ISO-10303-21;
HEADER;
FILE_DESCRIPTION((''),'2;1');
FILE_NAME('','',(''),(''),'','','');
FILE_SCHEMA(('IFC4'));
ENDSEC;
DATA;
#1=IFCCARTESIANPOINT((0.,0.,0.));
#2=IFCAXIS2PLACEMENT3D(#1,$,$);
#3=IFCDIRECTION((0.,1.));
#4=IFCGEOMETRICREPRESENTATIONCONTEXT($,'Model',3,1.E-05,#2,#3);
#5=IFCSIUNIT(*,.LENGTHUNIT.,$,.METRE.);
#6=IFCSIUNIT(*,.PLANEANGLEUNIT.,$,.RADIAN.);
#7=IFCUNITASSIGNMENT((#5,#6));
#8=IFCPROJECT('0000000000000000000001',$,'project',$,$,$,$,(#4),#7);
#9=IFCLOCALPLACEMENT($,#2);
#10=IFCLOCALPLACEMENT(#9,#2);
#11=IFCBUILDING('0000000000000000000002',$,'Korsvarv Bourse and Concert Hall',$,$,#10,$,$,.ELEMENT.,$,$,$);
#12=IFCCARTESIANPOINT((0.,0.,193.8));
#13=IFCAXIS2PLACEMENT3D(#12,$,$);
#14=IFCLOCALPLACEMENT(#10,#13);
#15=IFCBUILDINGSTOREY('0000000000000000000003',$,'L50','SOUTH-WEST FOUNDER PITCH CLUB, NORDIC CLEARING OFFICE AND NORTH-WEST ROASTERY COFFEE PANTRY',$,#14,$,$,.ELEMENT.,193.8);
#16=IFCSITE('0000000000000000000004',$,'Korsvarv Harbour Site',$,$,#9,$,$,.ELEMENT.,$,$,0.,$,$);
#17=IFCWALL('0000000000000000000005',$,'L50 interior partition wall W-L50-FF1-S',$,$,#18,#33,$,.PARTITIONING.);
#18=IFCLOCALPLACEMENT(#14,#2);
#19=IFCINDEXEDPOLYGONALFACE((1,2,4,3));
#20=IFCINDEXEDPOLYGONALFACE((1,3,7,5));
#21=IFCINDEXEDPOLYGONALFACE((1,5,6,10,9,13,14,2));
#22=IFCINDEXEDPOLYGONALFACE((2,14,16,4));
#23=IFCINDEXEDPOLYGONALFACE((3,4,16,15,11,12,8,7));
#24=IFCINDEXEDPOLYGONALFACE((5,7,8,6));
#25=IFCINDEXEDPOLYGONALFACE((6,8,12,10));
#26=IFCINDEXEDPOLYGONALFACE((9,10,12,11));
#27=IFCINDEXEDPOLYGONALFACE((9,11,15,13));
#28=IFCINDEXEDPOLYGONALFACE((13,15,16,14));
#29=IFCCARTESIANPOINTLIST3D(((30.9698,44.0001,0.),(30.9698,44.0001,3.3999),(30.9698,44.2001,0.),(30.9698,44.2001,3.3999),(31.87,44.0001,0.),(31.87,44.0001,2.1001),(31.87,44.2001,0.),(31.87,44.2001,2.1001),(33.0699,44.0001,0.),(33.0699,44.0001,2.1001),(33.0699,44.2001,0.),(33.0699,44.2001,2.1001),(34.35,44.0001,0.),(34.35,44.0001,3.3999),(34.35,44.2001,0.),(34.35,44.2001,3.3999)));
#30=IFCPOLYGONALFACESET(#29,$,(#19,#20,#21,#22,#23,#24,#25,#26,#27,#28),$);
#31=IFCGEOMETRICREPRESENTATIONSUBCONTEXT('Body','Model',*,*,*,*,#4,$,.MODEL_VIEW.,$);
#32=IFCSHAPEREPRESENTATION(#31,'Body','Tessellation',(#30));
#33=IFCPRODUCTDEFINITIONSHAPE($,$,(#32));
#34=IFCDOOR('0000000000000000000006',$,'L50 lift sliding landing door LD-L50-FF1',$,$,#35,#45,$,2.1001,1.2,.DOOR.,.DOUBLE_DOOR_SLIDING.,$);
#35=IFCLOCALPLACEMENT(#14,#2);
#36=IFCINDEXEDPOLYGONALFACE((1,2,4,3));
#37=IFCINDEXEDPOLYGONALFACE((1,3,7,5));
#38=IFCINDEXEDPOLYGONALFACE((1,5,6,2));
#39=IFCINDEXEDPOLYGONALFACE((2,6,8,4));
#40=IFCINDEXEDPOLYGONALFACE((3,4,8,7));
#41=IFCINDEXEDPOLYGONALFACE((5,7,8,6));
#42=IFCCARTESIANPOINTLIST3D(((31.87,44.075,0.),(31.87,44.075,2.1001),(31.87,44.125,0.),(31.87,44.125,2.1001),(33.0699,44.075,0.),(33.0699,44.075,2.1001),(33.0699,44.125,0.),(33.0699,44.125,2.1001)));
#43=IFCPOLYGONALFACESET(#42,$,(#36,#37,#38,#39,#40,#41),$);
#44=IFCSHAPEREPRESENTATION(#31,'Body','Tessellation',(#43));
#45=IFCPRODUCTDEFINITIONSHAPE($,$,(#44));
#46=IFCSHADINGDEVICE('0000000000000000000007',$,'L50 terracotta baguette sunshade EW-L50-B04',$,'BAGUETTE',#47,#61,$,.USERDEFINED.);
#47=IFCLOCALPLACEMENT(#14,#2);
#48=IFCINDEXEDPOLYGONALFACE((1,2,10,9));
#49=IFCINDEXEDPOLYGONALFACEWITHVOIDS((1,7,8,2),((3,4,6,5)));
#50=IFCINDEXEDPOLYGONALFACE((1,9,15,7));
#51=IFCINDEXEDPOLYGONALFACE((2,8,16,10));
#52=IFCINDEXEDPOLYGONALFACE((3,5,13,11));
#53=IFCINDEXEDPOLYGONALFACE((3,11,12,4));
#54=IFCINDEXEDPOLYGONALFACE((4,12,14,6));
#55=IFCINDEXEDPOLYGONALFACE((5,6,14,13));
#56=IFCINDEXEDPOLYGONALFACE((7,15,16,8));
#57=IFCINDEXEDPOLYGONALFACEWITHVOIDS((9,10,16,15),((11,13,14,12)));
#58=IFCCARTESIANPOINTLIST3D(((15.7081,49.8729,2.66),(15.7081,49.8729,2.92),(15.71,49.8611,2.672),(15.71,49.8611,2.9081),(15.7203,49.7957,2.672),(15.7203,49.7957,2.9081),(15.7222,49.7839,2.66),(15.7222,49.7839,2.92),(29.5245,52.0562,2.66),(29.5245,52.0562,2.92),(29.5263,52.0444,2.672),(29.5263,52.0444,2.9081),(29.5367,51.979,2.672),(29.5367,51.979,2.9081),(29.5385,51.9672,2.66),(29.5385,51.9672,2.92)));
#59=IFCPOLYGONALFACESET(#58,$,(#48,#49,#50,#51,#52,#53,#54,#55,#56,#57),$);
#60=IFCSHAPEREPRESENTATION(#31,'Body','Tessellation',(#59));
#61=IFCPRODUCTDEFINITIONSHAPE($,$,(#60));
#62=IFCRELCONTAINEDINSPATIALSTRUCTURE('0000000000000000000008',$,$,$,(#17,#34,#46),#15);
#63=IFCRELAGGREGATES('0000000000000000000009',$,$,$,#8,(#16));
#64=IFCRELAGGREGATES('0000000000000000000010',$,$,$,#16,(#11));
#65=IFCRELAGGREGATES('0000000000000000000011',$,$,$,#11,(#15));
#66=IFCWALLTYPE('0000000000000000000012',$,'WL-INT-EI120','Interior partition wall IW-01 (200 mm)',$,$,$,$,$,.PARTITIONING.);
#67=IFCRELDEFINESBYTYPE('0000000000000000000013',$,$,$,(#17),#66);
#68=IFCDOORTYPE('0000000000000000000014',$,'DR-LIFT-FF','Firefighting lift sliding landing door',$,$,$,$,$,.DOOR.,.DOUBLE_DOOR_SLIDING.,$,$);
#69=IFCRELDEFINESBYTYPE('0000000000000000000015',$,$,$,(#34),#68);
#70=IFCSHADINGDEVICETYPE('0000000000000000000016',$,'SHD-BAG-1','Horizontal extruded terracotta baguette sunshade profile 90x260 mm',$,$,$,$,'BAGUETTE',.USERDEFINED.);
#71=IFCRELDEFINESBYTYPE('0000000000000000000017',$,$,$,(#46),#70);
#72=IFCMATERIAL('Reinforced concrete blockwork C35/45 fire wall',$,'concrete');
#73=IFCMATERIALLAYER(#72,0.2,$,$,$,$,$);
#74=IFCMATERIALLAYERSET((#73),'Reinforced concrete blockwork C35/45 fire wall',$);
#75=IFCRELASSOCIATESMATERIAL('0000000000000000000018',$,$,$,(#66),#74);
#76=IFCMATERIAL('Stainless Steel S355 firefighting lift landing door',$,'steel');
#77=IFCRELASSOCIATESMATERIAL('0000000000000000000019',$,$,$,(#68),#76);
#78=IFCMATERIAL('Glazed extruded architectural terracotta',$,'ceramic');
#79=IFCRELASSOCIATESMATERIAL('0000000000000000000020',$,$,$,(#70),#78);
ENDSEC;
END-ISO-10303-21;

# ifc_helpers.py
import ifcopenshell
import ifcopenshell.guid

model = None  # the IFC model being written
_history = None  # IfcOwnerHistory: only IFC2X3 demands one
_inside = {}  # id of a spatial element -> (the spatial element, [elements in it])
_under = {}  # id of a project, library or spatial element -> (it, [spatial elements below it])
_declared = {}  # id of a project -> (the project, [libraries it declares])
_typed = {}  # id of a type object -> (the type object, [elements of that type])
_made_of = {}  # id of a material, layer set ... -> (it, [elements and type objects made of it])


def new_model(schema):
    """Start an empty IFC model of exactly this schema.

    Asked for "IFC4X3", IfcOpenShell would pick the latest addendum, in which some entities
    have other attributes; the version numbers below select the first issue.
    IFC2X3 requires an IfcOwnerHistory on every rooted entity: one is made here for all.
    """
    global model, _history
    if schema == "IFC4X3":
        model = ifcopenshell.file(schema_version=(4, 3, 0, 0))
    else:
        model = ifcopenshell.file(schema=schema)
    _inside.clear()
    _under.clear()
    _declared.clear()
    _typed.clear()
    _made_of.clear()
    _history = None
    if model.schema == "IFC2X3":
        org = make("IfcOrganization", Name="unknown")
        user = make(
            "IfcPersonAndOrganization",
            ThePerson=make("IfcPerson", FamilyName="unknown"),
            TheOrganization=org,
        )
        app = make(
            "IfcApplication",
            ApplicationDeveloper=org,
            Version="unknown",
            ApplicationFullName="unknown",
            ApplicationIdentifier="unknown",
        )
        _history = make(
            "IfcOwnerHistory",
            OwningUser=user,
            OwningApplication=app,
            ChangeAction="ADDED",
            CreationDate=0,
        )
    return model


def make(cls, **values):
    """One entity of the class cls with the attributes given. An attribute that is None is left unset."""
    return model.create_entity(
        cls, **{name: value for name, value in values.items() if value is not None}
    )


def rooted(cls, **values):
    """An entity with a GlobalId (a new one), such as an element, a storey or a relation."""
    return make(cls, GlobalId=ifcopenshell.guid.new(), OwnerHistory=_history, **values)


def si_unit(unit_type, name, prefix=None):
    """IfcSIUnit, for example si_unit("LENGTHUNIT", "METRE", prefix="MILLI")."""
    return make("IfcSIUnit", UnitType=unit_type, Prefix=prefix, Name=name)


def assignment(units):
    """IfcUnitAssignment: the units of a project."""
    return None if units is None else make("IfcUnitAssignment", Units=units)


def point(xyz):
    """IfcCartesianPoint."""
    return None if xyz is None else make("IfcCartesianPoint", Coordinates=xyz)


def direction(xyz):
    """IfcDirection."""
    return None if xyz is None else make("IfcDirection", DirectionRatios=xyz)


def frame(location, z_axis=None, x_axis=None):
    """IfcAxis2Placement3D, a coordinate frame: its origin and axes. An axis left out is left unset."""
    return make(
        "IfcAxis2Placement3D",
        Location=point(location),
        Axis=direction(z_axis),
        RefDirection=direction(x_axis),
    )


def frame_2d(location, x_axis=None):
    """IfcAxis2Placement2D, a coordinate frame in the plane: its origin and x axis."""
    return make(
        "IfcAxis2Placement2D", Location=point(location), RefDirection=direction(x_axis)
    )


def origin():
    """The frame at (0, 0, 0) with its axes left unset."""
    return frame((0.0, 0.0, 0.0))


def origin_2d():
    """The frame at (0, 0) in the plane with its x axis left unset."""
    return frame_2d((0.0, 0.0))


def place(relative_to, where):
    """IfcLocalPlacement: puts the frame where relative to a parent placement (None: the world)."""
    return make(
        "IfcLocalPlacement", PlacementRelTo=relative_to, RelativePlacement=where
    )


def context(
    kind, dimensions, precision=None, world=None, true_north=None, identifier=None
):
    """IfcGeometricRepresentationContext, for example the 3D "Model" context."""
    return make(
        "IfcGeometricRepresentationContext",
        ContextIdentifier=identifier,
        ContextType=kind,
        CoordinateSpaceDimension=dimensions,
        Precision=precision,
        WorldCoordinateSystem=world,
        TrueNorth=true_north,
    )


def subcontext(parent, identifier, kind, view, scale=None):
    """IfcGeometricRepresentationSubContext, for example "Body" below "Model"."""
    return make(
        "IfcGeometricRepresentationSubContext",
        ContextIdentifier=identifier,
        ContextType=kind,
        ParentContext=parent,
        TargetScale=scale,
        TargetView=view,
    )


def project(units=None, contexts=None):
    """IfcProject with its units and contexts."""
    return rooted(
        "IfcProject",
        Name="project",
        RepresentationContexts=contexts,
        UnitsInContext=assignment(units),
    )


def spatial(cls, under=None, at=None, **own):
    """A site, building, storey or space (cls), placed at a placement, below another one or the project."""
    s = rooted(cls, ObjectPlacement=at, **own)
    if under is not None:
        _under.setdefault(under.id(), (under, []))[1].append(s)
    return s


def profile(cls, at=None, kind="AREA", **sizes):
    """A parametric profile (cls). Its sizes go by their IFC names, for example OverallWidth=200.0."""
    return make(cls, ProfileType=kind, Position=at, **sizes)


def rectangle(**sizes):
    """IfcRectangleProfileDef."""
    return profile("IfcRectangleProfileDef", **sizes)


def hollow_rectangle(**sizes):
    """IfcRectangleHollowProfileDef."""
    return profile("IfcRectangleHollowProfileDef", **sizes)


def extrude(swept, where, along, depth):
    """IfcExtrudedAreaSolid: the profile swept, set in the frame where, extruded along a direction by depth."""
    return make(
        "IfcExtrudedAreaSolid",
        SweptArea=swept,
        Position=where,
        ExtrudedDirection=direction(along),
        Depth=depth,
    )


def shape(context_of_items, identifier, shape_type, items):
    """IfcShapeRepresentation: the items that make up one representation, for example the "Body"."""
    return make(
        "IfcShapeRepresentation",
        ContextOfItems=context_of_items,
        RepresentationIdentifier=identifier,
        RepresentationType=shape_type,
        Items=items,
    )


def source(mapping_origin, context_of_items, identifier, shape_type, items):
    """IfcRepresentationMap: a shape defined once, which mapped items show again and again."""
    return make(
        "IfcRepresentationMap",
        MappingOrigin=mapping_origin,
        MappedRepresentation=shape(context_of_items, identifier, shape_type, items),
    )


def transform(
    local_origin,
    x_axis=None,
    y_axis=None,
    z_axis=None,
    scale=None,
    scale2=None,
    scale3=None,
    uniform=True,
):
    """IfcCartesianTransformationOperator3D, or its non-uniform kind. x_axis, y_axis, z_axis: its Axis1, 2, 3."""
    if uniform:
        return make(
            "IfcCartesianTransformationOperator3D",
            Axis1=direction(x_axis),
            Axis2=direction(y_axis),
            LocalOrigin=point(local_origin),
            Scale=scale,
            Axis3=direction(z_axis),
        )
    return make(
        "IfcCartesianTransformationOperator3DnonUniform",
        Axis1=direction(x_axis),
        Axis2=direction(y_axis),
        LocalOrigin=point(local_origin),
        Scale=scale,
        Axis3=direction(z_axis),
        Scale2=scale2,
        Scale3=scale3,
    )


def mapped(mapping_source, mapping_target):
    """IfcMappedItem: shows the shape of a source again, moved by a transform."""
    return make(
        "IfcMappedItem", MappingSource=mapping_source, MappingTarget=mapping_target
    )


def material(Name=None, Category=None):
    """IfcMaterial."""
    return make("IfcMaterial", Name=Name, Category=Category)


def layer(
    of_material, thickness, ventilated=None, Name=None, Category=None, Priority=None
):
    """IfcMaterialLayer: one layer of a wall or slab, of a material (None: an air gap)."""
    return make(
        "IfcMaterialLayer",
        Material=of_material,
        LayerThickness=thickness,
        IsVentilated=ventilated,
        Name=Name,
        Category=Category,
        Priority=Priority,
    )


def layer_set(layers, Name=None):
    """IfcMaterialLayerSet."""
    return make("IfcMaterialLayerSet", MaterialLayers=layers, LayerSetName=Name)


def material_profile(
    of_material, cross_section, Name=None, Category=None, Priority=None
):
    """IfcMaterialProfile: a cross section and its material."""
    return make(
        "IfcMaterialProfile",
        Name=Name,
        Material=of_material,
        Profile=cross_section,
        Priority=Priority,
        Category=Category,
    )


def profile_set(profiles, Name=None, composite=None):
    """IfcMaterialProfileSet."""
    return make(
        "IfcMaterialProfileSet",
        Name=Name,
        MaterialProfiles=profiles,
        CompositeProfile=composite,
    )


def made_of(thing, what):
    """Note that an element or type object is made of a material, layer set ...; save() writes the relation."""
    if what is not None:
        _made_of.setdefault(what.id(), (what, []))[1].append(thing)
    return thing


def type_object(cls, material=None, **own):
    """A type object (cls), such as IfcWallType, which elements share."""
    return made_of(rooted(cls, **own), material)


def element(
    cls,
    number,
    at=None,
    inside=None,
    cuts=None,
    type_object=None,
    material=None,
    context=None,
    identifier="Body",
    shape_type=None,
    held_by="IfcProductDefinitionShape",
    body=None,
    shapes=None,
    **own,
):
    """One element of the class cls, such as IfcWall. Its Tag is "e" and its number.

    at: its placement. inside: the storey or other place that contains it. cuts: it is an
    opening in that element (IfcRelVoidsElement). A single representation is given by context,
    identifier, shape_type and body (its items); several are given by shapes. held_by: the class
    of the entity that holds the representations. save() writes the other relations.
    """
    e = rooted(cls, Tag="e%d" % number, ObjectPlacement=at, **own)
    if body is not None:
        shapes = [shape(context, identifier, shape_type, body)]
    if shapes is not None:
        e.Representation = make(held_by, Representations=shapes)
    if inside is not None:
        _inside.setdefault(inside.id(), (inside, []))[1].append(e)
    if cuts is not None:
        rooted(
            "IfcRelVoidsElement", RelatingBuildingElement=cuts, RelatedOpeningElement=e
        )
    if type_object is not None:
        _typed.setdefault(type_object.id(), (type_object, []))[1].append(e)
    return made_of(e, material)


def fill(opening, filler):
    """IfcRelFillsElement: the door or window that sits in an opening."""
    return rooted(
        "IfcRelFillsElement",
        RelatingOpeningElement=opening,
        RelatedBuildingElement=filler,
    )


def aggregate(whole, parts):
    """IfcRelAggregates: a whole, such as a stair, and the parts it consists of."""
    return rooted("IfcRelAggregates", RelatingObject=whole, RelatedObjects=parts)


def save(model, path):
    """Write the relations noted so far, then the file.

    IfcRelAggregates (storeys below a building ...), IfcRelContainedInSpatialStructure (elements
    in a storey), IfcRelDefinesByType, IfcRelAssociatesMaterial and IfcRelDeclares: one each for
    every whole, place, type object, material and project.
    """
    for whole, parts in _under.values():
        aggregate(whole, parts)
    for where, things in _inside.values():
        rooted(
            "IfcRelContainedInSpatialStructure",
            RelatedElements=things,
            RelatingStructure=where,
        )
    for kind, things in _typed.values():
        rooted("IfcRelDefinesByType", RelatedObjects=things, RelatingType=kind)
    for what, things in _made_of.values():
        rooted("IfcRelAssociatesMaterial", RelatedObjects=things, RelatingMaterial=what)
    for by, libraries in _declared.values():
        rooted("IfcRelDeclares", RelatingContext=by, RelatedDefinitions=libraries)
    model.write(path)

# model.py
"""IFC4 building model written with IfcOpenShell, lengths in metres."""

from ifc_helpers import new_model, si_unit, direction, frame, frame_2d, origin, origin_2d, place, context, subcontext, project, spatial, rectangle, hollow_rectangle, extrude, source, transform, mapped, material, layer, layer_set, material_profile, profile_set, type_object, element, fill, save


model = new_model("IFC4")

# Units and contexts
model_context = context("Model", 3, precision=1e-05, world=origin(), true_north=direction((0.0, 1.0)))
body_context = subcontext(model_context, "Body", "Model", "MODEL_VIEW")
ifc_project = project(units=[si_unit("LENGTHUNIT", "METRE"), si_unit("PLANEANGLEUNIT", "RADIAN")], contexts=[model_context])

# Site, building, storey
site_placement = place(None, origin())
site = spatial("IfcSite", under=ifc_project, at=site_placement, Name="Korsvarv Harbour Site", CompositionType="ELEMENT", RefElevation=0.0)
building_placement = place(site_placement, origin())
building = spatial("IfcBuilding", under=site, at=building_placement, Name="Korsvarv Bourse and Concert Hall", CompositionType="ELEMENT")
storey_placement = place(building_placement, frame((0.0, 0.0, 193.8)))
storey = spatial("IfcBuildingStorey", under=building, at=storey_placement, Name="L50", Description="SOUTH-WEST FOUNDER PITCH CLUB, NORDIC CLEARING OFFICE AND NORTH-WEST ROASTERY COFFEE PANTRY", CompositionType="ELEMENT", Elevation=193.8)

# Wall, opening, door
ifc_material_1 = material(Name="Reinforced concrete blockwork C35/45 fire wall", Category="concrete")
ifc_layer_1 = layer(ifc_material_1, 0.2)
ifc_layer_set_1 = layer_set([ifc_layer_1], Name="Reinforced concrete blockwork C35/45 fire wall")
wall_type_1 = type_object("IfcWallType", Name="WL-INT-EI120", Description="Interior partition wall IW-01 (200 mm)", PredefinedType="PARTITIONING", material=ifc_layer_set_1)
wall_1_placement = place(storey_placement, frame((30.97, 44.1001, 0.0), z_axis=(0.0, 0.0, 1.0), x_axis=(1.0, 0.0, 0.0)))
wall_1 = element("IfcWall", 1, at=wall_1_placement, inside=storey, type_object=wall_type_1, Name="L50 interior partition wall W-L50-FF1-S", PredefinedType="PARTITIONING", context=body_context, shape_type="SweptSolid", body=[
    extrude(rectangle(XDim=3.3801, YDim=0.2, at=frame_2d((1.6899, 0.0))), origin(), (0.0, 0.0, 1.0), 3.3999),
])
opening_placement = place(wall_1_placement, frame((0.8999, 0.0, 0.0)))
opening = element("IfcOpeningElement", 2, at=opening_placement, cuts=wall_1, PredefinedType="OPENING", context=body_context, shape_type="SweptSolid", body=[
    extrude(rectangle(XDim=1.2, YDim=2.1001, at=frame_2d((0.6001, 1.05))), frame((0.0, 0.1099, 0.0), z_axis=(0.0, -1.0, 0.0), x_axis=(1.0, 0.0, 0.0)), (0.0, 0.0, 1.0), 0.22),
])
ifc_material_2 = material(Name="Stainless Steel S355 firefighting lift landing door", Category="steel")
door_type = type_object("IfcDoorType", Name="DR-LIFT-FF", Description="Firefighting lift sliding landing door", OperationType="DOUBLE_DOOR_SLIDING", PredefinedType="DOOR", material=ifc_material_2)
door_placement = place(opening_placement, origin())
door = element("IfcDoor", 3, at=door_placement, inside=storey, type_object=door_type, Name="L50 lift sliding landing door LD-L50-FF1", OperationType="DOUBLE_DOOR_SLIDING", OverallHeight=2.1001, OverallWidth=1.2, PredefinedType="DOOR", context=body_context, shape_type="SweptSolid", body=[
    extrude(rectangle(XDim=1.2, YDim=2.1001, at=frame_2d((0.6001, 1.05))), frame((0.0, 0.0249, 0.0), z_axis=(0.0, -1.0, 0.0), x_axis=(1.0, 0.0, 0.0)), (0.0, 0.0, 1.0), 0.05),
])
fill(opening, door)

# Shading device
ifc_material_3 = material(Name="Glazed extruded architectural terracotta", Category="ceramic")
ifc_material_profile_1 = material_profile(ifc_material_3, hollow_rectangle(XDim=0.0901, YDim=0.26, WallThickness=0.012, at=origin_2d()), Name="TC-BAG 90x260")
ifc_profile_set_1 = profile_set([ifc_material_profile_1], Name="Glazed extruded architectural terracotta")
shading_device_type = type_object("IfcShadingDeviceType", Name="SHD-BAG-1", Description="Horizontal extruded terracotta baguette sunshade profile 90x260 mm", ElementType="BAGUETTE", PredefinedType="USERDEFINED", material=ifc_profile_set_1)
shared_shape_1 = source(origin(), body_context, "Body", "SweptSolid", [
    extrude(hollow_rectangle(XDim=0.0901, YDim=0.26, WallThickness=0.012, at=origin_2d()), origin(), (0.0, 0.0, 1.0), 13.9878),
])
shading_device_placement = place(storey_placement, frame((29.5315, 52.0117, 2.79), z_axis=(-0.987743, -0.156089, 0.0), x_axis=(0.156089, -0.987743, 0.0)))
element("IfcShadingDevice", 4, at=shading_device_placement, inside=storey, type_object=shading_device_type, Name="L50 terracotta baguette sunshade EW-L50-B04", ObjectType="BAGUETTE", PredefinedType="USERDEFINED", context=body_context, shape_type="MappedRepresentation", body=[
    mapped(shared_shape_1, transform((0.0, 0.0, 0.0), scale=1.0)),
])

save(model, "model.ifc")
